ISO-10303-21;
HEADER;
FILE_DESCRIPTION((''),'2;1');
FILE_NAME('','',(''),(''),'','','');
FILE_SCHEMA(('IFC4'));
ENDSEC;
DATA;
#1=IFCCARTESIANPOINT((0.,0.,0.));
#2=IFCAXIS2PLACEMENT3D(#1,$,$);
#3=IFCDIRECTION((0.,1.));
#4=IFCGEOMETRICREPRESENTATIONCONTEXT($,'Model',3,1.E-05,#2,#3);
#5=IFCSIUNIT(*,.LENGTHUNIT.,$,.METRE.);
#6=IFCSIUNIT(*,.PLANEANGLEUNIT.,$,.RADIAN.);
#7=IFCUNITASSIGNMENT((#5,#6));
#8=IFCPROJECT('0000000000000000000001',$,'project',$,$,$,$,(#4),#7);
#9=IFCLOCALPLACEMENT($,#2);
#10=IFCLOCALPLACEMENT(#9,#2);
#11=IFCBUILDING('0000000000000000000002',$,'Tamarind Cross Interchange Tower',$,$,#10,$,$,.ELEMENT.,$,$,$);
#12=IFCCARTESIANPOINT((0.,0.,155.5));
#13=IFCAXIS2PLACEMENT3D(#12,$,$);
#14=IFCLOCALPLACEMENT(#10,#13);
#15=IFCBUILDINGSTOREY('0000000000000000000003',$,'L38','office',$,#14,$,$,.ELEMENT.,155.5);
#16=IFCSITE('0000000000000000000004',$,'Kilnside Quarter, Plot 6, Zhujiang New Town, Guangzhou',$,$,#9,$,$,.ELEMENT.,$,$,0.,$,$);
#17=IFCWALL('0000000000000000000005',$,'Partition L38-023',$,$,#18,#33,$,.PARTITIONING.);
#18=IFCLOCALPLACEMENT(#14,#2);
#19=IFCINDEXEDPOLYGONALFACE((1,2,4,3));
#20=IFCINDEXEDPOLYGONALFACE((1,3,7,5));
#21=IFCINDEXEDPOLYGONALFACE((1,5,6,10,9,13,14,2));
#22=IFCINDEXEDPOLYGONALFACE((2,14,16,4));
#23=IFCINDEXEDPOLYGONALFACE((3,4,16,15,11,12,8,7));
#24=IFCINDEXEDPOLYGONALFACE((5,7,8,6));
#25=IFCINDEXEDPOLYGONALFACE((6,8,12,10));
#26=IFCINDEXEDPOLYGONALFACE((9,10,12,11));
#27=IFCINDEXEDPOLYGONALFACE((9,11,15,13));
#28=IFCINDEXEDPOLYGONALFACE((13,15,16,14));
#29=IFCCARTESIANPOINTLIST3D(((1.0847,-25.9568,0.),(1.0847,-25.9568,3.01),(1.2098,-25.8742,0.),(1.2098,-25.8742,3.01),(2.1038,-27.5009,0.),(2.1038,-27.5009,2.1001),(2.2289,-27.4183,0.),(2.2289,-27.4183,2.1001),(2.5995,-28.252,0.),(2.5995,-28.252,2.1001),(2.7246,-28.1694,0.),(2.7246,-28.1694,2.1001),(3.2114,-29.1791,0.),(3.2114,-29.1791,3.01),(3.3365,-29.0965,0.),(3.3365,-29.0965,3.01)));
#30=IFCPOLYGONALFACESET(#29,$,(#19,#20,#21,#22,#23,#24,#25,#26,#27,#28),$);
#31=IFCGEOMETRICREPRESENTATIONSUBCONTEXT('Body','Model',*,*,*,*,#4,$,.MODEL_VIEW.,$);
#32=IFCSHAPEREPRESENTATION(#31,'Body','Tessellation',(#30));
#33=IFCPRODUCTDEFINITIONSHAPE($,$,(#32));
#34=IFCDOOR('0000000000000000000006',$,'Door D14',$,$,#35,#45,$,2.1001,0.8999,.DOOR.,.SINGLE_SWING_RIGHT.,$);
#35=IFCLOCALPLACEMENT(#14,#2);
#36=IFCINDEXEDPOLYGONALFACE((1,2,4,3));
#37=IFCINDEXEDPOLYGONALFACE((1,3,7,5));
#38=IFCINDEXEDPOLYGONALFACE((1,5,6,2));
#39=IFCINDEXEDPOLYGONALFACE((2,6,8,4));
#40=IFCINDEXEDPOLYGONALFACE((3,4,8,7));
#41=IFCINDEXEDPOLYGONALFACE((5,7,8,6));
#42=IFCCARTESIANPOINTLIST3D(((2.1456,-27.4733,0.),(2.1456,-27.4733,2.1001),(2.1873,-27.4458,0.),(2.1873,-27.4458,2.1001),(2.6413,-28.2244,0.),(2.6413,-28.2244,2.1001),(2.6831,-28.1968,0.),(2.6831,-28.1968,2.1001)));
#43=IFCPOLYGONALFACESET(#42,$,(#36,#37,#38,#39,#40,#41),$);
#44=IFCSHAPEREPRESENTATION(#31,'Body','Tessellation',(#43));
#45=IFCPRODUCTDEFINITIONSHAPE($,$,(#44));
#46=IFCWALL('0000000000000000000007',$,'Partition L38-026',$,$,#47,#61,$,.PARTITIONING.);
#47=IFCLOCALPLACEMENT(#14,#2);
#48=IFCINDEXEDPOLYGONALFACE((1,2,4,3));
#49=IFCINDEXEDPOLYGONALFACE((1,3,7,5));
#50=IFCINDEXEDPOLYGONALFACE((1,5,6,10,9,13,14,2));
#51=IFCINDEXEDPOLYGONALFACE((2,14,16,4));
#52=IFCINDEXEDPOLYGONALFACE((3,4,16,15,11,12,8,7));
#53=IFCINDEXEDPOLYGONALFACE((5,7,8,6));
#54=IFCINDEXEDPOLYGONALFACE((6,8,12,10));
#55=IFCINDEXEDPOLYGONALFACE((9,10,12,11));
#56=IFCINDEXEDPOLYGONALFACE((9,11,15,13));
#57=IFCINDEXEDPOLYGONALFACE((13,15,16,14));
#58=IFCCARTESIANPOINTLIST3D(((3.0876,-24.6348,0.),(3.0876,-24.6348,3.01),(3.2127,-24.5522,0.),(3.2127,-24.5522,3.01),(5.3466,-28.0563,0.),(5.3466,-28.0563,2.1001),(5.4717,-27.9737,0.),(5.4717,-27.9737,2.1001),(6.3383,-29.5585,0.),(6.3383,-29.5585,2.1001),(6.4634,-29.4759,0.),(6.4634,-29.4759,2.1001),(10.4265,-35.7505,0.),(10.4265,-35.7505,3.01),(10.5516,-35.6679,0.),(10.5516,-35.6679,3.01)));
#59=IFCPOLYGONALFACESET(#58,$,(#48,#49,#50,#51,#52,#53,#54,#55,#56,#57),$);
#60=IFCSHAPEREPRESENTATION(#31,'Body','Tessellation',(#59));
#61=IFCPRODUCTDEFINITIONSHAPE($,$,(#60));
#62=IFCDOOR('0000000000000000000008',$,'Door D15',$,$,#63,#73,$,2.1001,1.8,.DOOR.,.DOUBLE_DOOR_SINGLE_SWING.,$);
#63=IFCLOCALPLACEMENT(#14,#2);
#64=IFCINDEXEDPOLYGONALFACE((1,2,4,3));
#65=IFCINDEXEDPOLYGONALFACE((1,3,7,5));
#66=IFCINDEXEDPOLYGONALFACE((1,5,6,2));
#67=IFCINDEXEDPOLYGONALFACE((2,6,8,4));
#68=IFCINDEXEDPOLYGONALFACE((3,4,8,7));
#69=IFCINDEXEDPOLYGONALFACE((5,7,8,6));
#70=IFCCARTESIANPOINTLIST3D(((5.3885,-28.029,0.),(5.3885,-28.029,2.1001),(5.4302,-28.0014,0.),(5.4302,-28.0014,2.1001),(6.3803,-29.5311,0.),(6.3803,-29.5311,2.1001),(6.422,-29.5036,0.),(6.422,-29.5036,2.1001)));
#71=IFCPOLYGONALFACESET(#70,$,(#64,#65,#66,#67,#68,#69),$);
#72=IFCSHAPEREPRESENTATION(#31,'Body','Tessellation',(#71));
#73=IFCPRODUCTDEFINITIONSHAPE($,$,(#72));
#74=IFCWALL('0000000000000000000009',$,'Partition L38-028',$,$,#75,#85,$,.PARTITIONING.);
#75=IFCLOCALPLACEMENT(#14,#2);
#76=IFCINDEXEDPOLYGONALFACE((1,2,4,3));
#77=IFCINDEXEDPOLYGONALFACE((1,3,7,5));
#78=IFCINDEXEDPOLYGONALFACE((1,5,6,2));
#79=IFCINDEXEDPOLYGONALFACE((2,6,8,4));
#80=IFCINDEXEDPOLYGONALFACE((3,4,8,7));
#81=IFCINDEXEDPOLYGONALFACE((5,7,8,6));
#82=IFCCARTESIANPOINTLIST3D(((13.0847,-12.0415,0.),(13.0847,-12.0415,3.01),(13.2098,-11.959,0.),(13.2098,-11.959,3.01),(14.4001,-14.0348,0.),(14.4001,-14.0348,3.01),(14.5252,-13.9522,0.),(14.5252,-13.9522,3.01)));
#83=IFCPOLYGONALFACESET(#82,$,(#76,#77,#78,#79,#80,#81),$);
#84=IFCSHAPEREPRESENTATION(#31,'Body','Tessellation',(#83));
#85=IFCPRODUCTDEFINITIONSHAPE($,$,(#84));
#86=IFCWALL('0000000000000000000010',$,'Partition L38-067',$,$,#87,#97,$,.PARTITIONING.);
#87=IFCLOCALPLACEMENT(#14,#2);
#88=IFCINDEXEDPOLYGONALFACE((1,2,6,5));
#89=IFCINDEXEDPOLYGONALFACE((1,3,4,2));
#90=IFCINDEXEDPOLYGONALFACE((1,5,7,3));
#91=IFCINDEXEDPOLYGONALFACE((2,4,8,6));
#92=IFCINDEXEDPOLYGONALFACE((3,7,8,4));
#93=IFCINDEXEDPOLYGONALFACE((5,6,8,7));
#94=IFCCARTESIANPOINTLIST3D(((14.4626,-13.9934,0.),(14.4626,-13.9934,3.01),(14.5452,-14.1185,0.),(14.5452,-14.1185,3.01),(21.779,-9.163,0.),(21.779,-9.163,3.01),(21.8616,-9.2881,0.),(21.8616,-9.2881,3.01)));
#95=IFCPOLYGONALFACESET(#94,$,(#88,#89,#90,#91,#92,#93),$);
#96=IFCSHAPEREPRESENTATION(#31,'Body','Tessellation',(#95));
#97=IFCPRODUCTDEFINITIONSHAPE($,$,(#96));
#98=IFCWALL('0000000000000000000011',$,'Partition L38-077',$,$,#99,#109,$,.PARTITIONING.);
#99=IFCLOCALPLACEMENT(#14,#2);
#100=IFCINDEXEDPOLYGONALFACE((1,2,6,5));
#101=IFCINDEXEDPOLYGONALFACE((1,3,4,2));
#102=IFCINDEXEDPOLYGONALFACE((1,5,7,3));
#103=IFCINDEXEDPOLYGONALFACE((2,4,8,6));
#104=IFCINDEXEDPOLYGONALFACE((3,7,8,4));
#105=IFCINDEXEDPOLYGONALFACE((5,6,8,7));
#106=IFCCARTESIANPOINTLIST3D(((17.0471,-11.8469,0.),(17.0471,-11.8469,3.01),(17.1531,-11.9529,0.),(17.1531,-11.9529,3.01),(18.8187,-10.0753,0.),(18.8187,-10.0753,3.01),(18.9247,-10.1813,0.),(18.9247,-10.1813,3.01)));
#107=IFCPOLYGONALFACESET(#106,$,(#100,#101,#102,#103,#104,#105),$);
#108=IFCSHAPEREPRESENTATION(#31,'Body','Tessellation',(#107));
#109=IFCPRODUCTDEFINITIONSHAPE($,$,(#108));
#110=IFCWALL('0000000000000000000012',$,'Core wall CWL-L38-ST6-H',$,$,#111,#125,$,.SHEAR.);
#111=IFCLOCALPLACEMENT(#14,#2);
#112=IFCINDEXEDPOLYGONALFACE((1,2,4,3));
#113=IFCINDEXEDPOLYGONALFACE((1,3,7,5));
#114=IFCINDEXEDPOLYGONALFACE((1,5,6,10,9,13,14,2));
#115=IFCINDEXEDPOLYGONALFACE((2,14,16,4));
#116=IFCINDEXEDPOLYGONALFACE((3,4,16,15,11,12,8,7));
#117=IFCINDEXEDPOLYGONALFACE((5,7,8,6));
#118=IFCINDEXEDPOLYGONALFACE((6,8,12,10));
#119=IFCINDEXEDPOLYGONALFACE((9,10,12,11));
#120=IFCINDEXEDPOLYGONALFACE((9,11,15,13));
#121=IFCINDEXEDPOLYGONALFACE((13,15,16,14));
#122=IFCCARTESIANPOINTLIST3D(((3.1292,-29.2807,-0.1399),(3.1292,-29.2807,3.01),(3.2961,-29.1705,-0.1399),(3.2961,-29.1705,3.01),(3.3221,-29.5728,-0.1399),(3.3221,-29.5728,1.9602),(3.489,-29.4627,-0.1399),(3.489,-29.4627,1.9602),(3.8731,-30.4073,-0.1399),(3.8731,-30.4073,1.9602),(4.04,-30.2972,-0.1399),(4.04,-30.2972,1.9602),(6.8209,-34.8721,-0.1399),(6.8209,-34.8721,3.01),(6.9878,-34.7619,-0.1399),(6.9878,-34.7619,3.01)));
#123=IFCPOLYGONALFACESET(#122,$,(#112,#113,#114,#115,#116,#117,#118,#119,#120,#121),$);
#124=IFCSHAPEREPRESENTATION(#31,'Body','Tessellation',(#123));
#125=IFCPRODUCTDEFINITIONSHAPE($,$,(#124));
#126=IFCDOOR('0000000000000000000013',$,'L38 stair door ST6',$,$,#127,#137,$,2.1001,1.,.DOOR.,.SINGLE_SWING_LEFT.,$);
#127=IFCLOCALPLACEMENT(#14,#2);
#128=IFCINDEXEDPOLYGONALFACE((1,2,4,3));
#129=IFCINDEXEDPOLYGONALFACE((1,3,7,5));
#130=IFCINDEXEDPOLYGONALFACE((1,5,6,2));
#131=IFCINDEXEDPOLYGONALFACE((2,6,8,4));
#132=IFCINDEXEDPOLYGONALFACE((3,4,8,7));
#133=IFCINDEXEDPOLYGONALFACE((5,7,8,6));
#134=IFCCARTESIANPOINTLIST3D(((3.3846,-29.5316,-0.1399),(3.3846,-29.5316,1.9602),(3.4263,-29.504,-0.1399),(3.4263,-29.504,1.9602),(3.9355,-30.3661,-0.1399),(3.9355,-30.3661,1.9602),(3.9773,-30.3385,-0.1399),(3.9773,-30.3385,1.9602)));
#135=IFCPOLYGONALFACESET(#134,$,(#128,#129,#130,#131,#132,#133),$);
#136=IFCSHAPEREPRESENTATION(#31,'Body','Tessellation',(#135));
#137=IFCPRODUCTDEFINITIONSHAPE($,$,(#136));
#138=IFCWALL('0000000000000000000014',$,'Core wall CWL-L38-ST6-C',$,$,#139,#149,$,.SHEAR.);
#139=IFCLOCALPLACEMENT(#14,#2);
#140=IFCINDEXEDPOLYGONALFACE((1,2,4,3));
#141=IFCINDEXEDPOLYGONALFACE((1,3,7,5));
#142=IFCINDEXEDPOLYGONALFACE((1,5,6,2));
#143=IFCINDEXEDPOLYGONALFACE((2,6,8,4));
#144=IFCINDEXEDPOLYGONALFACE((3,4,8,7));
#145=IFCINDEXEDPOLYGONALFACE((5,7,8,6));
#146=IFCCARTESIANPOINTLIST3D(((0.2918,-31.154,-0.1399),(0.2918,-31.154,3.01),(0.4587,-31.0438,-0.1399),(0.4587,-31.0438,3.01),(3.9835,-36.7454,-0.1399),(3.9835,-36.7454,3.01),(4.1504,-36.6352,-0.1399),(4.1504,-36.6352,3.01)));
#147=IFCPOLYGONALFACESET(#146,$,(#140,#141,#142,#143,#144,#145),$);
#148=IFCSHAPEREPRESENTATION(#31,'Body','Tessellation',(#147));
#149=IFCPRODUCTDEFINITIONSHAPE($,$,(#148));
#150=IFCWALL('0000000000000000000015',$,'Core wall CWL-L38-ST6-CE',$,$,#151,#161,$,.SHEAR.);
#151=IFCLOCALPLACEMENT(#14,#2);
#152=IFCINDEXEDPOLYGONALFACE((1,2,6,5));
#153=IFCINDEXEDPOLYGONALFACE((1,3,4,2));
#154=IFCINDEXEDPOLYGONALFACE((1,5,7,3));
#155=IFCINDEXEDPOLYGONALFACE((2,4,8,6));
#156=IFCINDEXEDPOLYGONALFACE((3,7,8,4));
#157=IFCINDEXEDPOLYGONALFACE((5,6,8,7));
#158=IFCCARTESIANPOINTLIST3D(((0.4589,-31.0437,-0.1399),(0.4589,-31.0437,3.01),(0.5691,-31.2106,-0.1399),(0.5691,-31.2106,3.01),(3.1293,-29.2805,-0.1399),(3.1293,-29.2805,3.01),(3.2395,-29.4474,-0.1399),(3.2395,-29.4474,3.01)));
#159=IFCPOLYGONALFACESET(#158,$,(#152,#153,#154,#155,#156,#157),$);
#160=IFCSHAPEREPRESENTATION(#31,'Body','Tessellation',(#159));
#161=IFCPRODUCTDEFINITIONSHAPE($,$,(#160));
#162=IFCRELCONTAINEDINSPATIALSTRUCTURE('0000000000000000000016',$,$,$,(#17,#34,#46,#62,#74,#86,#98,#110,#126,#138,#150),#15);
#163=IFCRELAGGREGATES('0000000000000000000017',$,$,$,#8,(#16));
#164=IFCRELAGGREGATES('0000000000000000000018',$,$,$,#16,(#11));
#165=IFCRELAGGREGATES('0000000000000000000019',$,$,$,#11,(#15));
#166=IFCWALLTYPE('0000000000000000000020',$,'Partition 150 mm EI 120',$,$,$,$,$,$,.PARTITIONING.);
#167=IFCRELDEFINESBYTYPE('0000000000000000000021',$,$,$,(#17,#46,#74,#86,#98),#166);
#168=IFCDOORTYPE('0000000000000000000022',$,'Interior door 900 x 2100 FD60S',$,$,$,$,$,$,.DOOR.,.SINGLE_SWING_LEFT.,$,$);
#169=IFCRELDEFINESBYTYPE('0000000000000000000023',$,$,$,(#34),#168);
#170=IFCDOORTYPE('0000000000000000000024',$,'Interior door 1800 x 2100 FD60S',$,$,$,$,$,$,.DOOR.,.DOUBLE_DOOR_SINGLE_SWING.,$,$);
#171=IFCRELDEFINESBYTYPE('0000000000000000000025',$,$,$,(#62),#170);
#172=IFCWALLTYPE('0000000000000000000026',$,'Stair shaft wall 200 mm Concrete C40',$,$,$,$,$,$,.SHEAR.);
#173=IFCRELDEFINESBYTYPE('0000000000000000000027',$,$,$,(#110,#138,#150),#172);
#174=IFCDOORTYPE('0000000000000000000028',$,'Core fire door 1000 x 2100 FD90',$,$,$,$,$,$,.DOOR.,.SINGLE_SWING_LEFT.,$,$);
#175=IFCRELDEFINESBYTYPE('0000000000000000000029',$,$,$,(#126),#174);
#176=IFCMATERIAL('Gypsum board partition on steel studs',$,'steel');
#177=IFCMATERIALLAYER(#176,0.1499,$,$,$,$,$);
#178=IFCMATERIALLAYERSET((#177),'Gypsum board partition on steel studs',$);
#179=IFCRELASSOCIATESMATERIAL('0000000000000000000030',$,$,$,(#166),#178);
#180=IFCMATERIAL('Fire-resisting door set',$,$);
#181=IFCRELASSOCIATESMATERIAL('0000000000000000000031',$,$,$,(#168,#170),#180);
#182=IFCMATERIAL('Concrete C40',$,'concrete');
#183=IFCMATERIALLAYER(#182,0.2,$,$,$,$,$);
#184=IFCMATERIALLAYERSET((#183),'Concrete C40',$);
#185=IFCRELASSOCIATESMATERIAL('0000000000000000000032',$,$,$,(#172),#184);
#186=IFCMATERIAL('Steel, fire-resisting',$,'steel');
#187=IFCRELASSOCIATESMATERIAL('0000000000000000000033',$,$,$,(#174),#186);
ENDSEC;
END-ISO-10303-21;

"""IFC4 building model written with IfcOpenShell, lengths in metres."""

from ifc_helpers import new_model, si_unit, direction, frame, frame_2d, origin, place, context, subcontext, project, spatial, rectangle, extrude, material, layer, layer_set, type_object, element, fill, save


model = new_model("IFC4")

# Units and contexts
model_context = context("Model", 3, precision=1e-05, world=origin(), true_north=direction((0.0, 1.0)))
body_context = subcontext(model_context, "Body", "Model", "MODEL_VIEW")
ifc_project = project(units=[si_unit("LENGTHUNIT", "METRE"), si_unit("PLANEANGLEUNIT", "RADIAN")], contexts=[model_context])

# Site, building, storey
site_placement = place(None, origin())
site = spatial("IfcSite", under=ifc_project, at=site_placement, Name="Kilnside Quarter, Plot 6, Zhujiang New Town, Guangzhou", CompositionType="ELEMENT", RefElevation=0.0)
building_placement = place(site_placement, origin())
building = spatial("IfcBuilding", under=site, at=building_placement, Name="Tamarind Cross Interchange Tower", CompositionType="ELEMENT")
storey_placement = place(building_placement, frame((0.0, 0.0, 155.5)))
storey = spatial("IfcBuildingStorey", under=building, at=storey_placement, Name="L38", Description="office", CompositionType="ELEMENT", Elevation=155.5)

# Shared definitions
ifc_material_1 = material(Name="Gypsum board partition on steel studs", Category="steel")
ifc_layer_1 = layer(ifc_material_1, 0.1499)
ifc_layer_set_1 = layer_set([ifc_layer_1], Name="Gypsum board partition on steel studs")
wall_type_1 = type_object("IfcWallType", Name="Partition 150 mm EI 120", PredefinedType="PARTITIONING", material=ifc_layer_set_1)

# Walls, openings, doors
wall_1_placement = place(storey_placement, frame((1.1472, -25.9155, 0.0), z_axis=(0.0, 0.0, 1.0), x_axis=(0.550856, -0.8346, 0.0)))
wall_1 = element("IfcWall", 1, at=wall_1_placement, inside=storey, type_object=wall_type_1, Name="Partition L38-023", PredefinedType="PARTITIONING", context=body_context, shape_type="SweptSolid", body=[
    extrude(rectangle(XDim=3.8608, YDim=0.1499, at=frame_2d((1.9304, 0.0))), origin(), (0.0, 0.0, 1.0), 3.01),
])
opening_1_placement = place(wall_1_placement, frame((1.8501, 0.0, 0.0)))
opening_1 = element("IfcOpeningElement", 2, at=opening_1_placement, cuts=wall_1, PredefinedType="OPENING", context=body_context, shape_type="SweptSolid", body=[
    extrude(rectangle(XDim=0.8999, YDim=2.1001, at=frame_2d((0.45, 1.05))), frame((0.0, 0.085, 0.0), z_axis=(0.0, -1.0, 0.0), x_axis=(1.0, 0.0, 0.0)), (0.0, 0.0, 1.0), 0.1699),
])
ifc_material_2 = material(Name="Fire-resisting door set")
door_type_1 = type_object("IfcDoorType", Name="Interior door 900 x 2100 FD60S", OperationType="SINGLE_SWING_LEFT", PredefinedType="DOOR", material=ifc_material_2)
door_1_placement = place(opening_1_placement, frame((0.8999, 0.0, 0.0), z_axis=(0.0, 0.0, 1.0), x_axis=(-1.0, 0.0, 0.0)))
door_1 = element("IfcDoor", 3, at=door_1_placement, inside=storey, type_object=door_type_1, Name="Door D14", OperationType="SINGLE_SWING_RIGHT", OverallHeight=2.1001, OverallWidth=0.8999, PredefinedType="DOOR", context=body_context, shape_type="SweptSolid", body=[
    extrude(rectangle(XDim=0.8999, YDim=2.1001, at=frame_2d((0.45, 1.05))), frame((0.0, 0.0249, 0.0), z_axis=(0.0, -1.0, 0.0), x_axis=(1.0, 0.0, 0.0)), (0.0, 0.0, 1.0), 0.05),
])
fill(opening_1, door_1)
wall_2_placement = place(storey_placement, frame((3.1501, -24.5935, 0.0), z_axis=(0.0, 0.0, 1.0), x_axis=(0.550972, -0.834523, 0.0)))
wall_2 = element("IfcWall", 4, at=wall_2_placement, inside=storey, type_object=wall_type_1, Name="Partition L38-026", PredefinedType="PARTITIONING", context=body_context, shape_type="SweptSolid", body=[
    extrude(rectangle(XDim=13.3198, YDim=0.1499, at=frame_2d((6.6599, 0.0))), origin(), (0.0, 0.0, 1.0), 3.01),
])
opening_2_placement = place(wall_2_placement, frame((4.1001, 0.0, 0.0)))
opening_2 = element("IfcOpeningElement", 5, at=opening_2_placement, cuts=wall_2, PredefinedType="OPENING", context=body_context, shape_type="SweptSolid", body=[
    extrude(rectangle(XDim=1.8, YDim=2.1001, at=frame_2d((0.8999, 1.05))), frame((0.0, 0.085, 0.0), z_axis=(0.0, -1.0, 0.0), x_axis=(1.0, 0.0, 0.0)), (0.0, 0.0, 1.0), 0.1699),
])
door_type_2 = type_object("IfcDoorType", Name="Interior door 1800 x 2100 FD60S", OperationType="DOUBLE_DOOR_SINGLE_SWING", PredefinedType="DOOR", material=ifc_material_2)
door_2_placement = place(opening_2_placement, frame((1.8, 0.0, 0.0), z_axis=(0.0, 0.0, 1.0), x_axis=(-1.0, 0.0, 0.0)))
door_2 = element("IfcDoor", 6, at=door_2_placement, inside=storey, type_object=door_type_2, Name="Door D15", OperationType="DOUBLE_DOOR_SINGLE_SWING", OverallHeight=2.1001, OverallWidth=1.8, PredefinedType="DOOR", context=body_context, shape_type="SweptSolid", body=[
    extrude(rectangle(XDim=1.8, YDim=2.1001, at=frame_2d((0.8999, 1.05))), frame((0.0, 0.0249, 0.0), z_axis=(0.0, -1.0, 0.0), x_axis=(1.0, 0.0, 0.0)), (0.0, 0.0, 1.0), 0.05),
])
fill(opening_2, door_2)

# Walls
wall_3_placement = place(storey_placement, frame((13.1472, -12.0002, 0.0), z_axis=(0.0, 0.0, 1.0), x_axis=(0.550825, -0.834621, 0.0)))
element("IfcWall", 7, at=wall_3_placement, inside=storey, type_object=wall_type_1, Name="Partition L38-028", PredefinedType="PARTITIONING", context=body_context, shape_type="SweptSolid", body=[
    extrude(rectangle(XDim=2.3882, YDim=0.1499, at=frame_2d((1.1941, 0.0))), origin(), (0.0, 0.0, 1.0), 3.01),
])
wall_4_placement = place(storey_placement, frame((14.5039, -14.0559, 0.0), z_axis=(0.0, 0.0, 1.0), x_axis=(0.834531, 0.550961, 0.0)))
element("IfcWall", 8, at=wall_4_placement, inside=storey, type_object=wall_type_1, Name="Partition L38-067", PredefinedType="PARTITIONING", context=body_context, shape_type="SweptSolid", body=[
    extrude(rectangle(XDim=8.7671, YDim=0.1499, at=frame_2d((4.3835, 0.0))), origin(), (0.0, 0.0, 1.0), 3.01),
])
wall_5_placement = place(storey_placement, frame((17.1001, -11.8999, 0.0), z_axis=(0.0, 0.0, 1.0), x_axis=(0.707107, 0.707107, 0.0)))
element("IfcWall", 9, at=wall_5_placement, inside=storey, type_object=wall_type_1, Name="Partition L38-077", PredefinedType="PARTITIONING", context=body_context, shape_type="SweptSolid", body=[
    extrude(rectangle(XDim=2.5054, YDim=0.1499, at=frame_2d((1.2527, 0.0))), origin(), (0.0, 0.0, 1.0), 3.01),
])

# Wall, opening, door
ifc_material_3 = material(Name="Concrete C40", Category="concrete")
ifc_layer_2 = layer(ifc_material_3, 0.2)
ifc_layer_set_2 = layer_set([ifc_layer_2], Name="Concrete C40")
wall_type_2 = type_object("IfcWallType", Name="Stair shaft wall 200 mm Concrete C40", PredefinedType="SHEAR", material=ifc_layer_set_2)
wall_6_placement = place(storey_placement, frame((3.2126, -29.2256, -0.1399), z_axis=(0.0, 0.0, 1.0), x_axis=(0.550986, -0.834514, 0.0)))
wall_6 = element("IfcWall", 10, at=wall_6_placement, inside=storey, type_object=wall_type_2, Name="Core wall CWL-L38-ST6-H", PredefinedType="SHEAR", context=body_context, shape_type="SweptSolid", body=[
    extrude(rectangle(XDim=6.7002, YDim=0.2, at=frame_2d((3.3501, 0.0))), origin(), (0.0, 0.0, 1.0), 3.1499),
])
opening_3_placement = place(wall_6_placement, frame((0.3501, 0.0, 0.0)))
opening_3 = element("IfcOpeningElement", 11, at=opening_3_placement, cuts=wall_6, PredefinedType="OPENING", context=body_context, shape_type="SweptSolid", body=[
    extrude(rectangle(XDim=1.0, YDim=2.1001, at=frame_2d((0.5, 1.05))), frame((0.0, 0.1099, 0.0), z_axis=(0.0, -1.0, 0.0), x_axis=(1.0, 0.0, 0.0)), (0.0, 0.0, 1.0), 0.22),
])
ifc_material_4 = material(Name="Steel, fire-resisting", Category="steel")
door_type_3 = type_object("IfcDoorType", Name="Core fire door 1000 x 2100 FD90", OperationType="SINGLE_SWING_LEFT", PredefinedType="DOOR", material=ifc_material_4)
door_3_placement = place(opening_3_placement, origin())
door_3 = element("IfcDoor", 12, at=door_3_placement, inside=storey, type_object=door_type_3, Name="L38 stair door ST6", OperationType="SINGLE_SWING_LEFT", OverallHeight=2.1001, OverallWidth=1.0, PredefinedType="DOOR", context=body_context, shape_type="SweptSolid", body=[
    extrude(rectangle(XDim=1.0, YDim=2.1001, at=frame_2d((0.5, 1.05))), frame((0.0, 0.0249, 0.0), z_axis=(0.0, -1.0, 0.0), x_axis=(1.0, 0.0, 0.0)), (0.0, 0.0, 1.0), 0.05),
])
fill(opening_3, door_3)

# Walls
wall_7_placement = place(storey_placement, frame((0.3752, -31.0989, -0.1399), z_axis=(0.0, 0.0, 1.0), x_axis=(0.550986, -0.834514, 0.0)))
element("IfcWall", 13, at=wall_7_placement, inside=storey, type_object=wall_type_2, Name="Core wall CWL-L38-ST6-C", PredefinedType="SHEAR", context=body_context, shape_type="SweptSolid", body=[
    extrude(rectangle(XDim=6.7002, YDim=0.2, at=frame_2d((3.3501, 0.0))), origin(), (0.0, 0.0, 1.0), 3.1499),
])
wall_8_placement = place(storey_placement, frame((0.5139, -31.1272, -0.1399), z_axis=(0.0, 0.0, 1.0), x_axis=(0.834507, 0.550997, 0.0)))
element("IfcWall", 14, at=wall_8_placement, inside=storey, type_object=wall_type_2, Name="Core wall CWL-L38-ST6-CE", PredefinedType="SHEAR", context=body_context, shape_type="SweptSolid", body=[
    extrude(rectangle(XDim=3.2, YDim=0.2, at=frame_2d((1.6001, 0.0))), origin(), (0.0, 0.0, 1.0), 3.1499),
])

save(model, "model.ifc")
